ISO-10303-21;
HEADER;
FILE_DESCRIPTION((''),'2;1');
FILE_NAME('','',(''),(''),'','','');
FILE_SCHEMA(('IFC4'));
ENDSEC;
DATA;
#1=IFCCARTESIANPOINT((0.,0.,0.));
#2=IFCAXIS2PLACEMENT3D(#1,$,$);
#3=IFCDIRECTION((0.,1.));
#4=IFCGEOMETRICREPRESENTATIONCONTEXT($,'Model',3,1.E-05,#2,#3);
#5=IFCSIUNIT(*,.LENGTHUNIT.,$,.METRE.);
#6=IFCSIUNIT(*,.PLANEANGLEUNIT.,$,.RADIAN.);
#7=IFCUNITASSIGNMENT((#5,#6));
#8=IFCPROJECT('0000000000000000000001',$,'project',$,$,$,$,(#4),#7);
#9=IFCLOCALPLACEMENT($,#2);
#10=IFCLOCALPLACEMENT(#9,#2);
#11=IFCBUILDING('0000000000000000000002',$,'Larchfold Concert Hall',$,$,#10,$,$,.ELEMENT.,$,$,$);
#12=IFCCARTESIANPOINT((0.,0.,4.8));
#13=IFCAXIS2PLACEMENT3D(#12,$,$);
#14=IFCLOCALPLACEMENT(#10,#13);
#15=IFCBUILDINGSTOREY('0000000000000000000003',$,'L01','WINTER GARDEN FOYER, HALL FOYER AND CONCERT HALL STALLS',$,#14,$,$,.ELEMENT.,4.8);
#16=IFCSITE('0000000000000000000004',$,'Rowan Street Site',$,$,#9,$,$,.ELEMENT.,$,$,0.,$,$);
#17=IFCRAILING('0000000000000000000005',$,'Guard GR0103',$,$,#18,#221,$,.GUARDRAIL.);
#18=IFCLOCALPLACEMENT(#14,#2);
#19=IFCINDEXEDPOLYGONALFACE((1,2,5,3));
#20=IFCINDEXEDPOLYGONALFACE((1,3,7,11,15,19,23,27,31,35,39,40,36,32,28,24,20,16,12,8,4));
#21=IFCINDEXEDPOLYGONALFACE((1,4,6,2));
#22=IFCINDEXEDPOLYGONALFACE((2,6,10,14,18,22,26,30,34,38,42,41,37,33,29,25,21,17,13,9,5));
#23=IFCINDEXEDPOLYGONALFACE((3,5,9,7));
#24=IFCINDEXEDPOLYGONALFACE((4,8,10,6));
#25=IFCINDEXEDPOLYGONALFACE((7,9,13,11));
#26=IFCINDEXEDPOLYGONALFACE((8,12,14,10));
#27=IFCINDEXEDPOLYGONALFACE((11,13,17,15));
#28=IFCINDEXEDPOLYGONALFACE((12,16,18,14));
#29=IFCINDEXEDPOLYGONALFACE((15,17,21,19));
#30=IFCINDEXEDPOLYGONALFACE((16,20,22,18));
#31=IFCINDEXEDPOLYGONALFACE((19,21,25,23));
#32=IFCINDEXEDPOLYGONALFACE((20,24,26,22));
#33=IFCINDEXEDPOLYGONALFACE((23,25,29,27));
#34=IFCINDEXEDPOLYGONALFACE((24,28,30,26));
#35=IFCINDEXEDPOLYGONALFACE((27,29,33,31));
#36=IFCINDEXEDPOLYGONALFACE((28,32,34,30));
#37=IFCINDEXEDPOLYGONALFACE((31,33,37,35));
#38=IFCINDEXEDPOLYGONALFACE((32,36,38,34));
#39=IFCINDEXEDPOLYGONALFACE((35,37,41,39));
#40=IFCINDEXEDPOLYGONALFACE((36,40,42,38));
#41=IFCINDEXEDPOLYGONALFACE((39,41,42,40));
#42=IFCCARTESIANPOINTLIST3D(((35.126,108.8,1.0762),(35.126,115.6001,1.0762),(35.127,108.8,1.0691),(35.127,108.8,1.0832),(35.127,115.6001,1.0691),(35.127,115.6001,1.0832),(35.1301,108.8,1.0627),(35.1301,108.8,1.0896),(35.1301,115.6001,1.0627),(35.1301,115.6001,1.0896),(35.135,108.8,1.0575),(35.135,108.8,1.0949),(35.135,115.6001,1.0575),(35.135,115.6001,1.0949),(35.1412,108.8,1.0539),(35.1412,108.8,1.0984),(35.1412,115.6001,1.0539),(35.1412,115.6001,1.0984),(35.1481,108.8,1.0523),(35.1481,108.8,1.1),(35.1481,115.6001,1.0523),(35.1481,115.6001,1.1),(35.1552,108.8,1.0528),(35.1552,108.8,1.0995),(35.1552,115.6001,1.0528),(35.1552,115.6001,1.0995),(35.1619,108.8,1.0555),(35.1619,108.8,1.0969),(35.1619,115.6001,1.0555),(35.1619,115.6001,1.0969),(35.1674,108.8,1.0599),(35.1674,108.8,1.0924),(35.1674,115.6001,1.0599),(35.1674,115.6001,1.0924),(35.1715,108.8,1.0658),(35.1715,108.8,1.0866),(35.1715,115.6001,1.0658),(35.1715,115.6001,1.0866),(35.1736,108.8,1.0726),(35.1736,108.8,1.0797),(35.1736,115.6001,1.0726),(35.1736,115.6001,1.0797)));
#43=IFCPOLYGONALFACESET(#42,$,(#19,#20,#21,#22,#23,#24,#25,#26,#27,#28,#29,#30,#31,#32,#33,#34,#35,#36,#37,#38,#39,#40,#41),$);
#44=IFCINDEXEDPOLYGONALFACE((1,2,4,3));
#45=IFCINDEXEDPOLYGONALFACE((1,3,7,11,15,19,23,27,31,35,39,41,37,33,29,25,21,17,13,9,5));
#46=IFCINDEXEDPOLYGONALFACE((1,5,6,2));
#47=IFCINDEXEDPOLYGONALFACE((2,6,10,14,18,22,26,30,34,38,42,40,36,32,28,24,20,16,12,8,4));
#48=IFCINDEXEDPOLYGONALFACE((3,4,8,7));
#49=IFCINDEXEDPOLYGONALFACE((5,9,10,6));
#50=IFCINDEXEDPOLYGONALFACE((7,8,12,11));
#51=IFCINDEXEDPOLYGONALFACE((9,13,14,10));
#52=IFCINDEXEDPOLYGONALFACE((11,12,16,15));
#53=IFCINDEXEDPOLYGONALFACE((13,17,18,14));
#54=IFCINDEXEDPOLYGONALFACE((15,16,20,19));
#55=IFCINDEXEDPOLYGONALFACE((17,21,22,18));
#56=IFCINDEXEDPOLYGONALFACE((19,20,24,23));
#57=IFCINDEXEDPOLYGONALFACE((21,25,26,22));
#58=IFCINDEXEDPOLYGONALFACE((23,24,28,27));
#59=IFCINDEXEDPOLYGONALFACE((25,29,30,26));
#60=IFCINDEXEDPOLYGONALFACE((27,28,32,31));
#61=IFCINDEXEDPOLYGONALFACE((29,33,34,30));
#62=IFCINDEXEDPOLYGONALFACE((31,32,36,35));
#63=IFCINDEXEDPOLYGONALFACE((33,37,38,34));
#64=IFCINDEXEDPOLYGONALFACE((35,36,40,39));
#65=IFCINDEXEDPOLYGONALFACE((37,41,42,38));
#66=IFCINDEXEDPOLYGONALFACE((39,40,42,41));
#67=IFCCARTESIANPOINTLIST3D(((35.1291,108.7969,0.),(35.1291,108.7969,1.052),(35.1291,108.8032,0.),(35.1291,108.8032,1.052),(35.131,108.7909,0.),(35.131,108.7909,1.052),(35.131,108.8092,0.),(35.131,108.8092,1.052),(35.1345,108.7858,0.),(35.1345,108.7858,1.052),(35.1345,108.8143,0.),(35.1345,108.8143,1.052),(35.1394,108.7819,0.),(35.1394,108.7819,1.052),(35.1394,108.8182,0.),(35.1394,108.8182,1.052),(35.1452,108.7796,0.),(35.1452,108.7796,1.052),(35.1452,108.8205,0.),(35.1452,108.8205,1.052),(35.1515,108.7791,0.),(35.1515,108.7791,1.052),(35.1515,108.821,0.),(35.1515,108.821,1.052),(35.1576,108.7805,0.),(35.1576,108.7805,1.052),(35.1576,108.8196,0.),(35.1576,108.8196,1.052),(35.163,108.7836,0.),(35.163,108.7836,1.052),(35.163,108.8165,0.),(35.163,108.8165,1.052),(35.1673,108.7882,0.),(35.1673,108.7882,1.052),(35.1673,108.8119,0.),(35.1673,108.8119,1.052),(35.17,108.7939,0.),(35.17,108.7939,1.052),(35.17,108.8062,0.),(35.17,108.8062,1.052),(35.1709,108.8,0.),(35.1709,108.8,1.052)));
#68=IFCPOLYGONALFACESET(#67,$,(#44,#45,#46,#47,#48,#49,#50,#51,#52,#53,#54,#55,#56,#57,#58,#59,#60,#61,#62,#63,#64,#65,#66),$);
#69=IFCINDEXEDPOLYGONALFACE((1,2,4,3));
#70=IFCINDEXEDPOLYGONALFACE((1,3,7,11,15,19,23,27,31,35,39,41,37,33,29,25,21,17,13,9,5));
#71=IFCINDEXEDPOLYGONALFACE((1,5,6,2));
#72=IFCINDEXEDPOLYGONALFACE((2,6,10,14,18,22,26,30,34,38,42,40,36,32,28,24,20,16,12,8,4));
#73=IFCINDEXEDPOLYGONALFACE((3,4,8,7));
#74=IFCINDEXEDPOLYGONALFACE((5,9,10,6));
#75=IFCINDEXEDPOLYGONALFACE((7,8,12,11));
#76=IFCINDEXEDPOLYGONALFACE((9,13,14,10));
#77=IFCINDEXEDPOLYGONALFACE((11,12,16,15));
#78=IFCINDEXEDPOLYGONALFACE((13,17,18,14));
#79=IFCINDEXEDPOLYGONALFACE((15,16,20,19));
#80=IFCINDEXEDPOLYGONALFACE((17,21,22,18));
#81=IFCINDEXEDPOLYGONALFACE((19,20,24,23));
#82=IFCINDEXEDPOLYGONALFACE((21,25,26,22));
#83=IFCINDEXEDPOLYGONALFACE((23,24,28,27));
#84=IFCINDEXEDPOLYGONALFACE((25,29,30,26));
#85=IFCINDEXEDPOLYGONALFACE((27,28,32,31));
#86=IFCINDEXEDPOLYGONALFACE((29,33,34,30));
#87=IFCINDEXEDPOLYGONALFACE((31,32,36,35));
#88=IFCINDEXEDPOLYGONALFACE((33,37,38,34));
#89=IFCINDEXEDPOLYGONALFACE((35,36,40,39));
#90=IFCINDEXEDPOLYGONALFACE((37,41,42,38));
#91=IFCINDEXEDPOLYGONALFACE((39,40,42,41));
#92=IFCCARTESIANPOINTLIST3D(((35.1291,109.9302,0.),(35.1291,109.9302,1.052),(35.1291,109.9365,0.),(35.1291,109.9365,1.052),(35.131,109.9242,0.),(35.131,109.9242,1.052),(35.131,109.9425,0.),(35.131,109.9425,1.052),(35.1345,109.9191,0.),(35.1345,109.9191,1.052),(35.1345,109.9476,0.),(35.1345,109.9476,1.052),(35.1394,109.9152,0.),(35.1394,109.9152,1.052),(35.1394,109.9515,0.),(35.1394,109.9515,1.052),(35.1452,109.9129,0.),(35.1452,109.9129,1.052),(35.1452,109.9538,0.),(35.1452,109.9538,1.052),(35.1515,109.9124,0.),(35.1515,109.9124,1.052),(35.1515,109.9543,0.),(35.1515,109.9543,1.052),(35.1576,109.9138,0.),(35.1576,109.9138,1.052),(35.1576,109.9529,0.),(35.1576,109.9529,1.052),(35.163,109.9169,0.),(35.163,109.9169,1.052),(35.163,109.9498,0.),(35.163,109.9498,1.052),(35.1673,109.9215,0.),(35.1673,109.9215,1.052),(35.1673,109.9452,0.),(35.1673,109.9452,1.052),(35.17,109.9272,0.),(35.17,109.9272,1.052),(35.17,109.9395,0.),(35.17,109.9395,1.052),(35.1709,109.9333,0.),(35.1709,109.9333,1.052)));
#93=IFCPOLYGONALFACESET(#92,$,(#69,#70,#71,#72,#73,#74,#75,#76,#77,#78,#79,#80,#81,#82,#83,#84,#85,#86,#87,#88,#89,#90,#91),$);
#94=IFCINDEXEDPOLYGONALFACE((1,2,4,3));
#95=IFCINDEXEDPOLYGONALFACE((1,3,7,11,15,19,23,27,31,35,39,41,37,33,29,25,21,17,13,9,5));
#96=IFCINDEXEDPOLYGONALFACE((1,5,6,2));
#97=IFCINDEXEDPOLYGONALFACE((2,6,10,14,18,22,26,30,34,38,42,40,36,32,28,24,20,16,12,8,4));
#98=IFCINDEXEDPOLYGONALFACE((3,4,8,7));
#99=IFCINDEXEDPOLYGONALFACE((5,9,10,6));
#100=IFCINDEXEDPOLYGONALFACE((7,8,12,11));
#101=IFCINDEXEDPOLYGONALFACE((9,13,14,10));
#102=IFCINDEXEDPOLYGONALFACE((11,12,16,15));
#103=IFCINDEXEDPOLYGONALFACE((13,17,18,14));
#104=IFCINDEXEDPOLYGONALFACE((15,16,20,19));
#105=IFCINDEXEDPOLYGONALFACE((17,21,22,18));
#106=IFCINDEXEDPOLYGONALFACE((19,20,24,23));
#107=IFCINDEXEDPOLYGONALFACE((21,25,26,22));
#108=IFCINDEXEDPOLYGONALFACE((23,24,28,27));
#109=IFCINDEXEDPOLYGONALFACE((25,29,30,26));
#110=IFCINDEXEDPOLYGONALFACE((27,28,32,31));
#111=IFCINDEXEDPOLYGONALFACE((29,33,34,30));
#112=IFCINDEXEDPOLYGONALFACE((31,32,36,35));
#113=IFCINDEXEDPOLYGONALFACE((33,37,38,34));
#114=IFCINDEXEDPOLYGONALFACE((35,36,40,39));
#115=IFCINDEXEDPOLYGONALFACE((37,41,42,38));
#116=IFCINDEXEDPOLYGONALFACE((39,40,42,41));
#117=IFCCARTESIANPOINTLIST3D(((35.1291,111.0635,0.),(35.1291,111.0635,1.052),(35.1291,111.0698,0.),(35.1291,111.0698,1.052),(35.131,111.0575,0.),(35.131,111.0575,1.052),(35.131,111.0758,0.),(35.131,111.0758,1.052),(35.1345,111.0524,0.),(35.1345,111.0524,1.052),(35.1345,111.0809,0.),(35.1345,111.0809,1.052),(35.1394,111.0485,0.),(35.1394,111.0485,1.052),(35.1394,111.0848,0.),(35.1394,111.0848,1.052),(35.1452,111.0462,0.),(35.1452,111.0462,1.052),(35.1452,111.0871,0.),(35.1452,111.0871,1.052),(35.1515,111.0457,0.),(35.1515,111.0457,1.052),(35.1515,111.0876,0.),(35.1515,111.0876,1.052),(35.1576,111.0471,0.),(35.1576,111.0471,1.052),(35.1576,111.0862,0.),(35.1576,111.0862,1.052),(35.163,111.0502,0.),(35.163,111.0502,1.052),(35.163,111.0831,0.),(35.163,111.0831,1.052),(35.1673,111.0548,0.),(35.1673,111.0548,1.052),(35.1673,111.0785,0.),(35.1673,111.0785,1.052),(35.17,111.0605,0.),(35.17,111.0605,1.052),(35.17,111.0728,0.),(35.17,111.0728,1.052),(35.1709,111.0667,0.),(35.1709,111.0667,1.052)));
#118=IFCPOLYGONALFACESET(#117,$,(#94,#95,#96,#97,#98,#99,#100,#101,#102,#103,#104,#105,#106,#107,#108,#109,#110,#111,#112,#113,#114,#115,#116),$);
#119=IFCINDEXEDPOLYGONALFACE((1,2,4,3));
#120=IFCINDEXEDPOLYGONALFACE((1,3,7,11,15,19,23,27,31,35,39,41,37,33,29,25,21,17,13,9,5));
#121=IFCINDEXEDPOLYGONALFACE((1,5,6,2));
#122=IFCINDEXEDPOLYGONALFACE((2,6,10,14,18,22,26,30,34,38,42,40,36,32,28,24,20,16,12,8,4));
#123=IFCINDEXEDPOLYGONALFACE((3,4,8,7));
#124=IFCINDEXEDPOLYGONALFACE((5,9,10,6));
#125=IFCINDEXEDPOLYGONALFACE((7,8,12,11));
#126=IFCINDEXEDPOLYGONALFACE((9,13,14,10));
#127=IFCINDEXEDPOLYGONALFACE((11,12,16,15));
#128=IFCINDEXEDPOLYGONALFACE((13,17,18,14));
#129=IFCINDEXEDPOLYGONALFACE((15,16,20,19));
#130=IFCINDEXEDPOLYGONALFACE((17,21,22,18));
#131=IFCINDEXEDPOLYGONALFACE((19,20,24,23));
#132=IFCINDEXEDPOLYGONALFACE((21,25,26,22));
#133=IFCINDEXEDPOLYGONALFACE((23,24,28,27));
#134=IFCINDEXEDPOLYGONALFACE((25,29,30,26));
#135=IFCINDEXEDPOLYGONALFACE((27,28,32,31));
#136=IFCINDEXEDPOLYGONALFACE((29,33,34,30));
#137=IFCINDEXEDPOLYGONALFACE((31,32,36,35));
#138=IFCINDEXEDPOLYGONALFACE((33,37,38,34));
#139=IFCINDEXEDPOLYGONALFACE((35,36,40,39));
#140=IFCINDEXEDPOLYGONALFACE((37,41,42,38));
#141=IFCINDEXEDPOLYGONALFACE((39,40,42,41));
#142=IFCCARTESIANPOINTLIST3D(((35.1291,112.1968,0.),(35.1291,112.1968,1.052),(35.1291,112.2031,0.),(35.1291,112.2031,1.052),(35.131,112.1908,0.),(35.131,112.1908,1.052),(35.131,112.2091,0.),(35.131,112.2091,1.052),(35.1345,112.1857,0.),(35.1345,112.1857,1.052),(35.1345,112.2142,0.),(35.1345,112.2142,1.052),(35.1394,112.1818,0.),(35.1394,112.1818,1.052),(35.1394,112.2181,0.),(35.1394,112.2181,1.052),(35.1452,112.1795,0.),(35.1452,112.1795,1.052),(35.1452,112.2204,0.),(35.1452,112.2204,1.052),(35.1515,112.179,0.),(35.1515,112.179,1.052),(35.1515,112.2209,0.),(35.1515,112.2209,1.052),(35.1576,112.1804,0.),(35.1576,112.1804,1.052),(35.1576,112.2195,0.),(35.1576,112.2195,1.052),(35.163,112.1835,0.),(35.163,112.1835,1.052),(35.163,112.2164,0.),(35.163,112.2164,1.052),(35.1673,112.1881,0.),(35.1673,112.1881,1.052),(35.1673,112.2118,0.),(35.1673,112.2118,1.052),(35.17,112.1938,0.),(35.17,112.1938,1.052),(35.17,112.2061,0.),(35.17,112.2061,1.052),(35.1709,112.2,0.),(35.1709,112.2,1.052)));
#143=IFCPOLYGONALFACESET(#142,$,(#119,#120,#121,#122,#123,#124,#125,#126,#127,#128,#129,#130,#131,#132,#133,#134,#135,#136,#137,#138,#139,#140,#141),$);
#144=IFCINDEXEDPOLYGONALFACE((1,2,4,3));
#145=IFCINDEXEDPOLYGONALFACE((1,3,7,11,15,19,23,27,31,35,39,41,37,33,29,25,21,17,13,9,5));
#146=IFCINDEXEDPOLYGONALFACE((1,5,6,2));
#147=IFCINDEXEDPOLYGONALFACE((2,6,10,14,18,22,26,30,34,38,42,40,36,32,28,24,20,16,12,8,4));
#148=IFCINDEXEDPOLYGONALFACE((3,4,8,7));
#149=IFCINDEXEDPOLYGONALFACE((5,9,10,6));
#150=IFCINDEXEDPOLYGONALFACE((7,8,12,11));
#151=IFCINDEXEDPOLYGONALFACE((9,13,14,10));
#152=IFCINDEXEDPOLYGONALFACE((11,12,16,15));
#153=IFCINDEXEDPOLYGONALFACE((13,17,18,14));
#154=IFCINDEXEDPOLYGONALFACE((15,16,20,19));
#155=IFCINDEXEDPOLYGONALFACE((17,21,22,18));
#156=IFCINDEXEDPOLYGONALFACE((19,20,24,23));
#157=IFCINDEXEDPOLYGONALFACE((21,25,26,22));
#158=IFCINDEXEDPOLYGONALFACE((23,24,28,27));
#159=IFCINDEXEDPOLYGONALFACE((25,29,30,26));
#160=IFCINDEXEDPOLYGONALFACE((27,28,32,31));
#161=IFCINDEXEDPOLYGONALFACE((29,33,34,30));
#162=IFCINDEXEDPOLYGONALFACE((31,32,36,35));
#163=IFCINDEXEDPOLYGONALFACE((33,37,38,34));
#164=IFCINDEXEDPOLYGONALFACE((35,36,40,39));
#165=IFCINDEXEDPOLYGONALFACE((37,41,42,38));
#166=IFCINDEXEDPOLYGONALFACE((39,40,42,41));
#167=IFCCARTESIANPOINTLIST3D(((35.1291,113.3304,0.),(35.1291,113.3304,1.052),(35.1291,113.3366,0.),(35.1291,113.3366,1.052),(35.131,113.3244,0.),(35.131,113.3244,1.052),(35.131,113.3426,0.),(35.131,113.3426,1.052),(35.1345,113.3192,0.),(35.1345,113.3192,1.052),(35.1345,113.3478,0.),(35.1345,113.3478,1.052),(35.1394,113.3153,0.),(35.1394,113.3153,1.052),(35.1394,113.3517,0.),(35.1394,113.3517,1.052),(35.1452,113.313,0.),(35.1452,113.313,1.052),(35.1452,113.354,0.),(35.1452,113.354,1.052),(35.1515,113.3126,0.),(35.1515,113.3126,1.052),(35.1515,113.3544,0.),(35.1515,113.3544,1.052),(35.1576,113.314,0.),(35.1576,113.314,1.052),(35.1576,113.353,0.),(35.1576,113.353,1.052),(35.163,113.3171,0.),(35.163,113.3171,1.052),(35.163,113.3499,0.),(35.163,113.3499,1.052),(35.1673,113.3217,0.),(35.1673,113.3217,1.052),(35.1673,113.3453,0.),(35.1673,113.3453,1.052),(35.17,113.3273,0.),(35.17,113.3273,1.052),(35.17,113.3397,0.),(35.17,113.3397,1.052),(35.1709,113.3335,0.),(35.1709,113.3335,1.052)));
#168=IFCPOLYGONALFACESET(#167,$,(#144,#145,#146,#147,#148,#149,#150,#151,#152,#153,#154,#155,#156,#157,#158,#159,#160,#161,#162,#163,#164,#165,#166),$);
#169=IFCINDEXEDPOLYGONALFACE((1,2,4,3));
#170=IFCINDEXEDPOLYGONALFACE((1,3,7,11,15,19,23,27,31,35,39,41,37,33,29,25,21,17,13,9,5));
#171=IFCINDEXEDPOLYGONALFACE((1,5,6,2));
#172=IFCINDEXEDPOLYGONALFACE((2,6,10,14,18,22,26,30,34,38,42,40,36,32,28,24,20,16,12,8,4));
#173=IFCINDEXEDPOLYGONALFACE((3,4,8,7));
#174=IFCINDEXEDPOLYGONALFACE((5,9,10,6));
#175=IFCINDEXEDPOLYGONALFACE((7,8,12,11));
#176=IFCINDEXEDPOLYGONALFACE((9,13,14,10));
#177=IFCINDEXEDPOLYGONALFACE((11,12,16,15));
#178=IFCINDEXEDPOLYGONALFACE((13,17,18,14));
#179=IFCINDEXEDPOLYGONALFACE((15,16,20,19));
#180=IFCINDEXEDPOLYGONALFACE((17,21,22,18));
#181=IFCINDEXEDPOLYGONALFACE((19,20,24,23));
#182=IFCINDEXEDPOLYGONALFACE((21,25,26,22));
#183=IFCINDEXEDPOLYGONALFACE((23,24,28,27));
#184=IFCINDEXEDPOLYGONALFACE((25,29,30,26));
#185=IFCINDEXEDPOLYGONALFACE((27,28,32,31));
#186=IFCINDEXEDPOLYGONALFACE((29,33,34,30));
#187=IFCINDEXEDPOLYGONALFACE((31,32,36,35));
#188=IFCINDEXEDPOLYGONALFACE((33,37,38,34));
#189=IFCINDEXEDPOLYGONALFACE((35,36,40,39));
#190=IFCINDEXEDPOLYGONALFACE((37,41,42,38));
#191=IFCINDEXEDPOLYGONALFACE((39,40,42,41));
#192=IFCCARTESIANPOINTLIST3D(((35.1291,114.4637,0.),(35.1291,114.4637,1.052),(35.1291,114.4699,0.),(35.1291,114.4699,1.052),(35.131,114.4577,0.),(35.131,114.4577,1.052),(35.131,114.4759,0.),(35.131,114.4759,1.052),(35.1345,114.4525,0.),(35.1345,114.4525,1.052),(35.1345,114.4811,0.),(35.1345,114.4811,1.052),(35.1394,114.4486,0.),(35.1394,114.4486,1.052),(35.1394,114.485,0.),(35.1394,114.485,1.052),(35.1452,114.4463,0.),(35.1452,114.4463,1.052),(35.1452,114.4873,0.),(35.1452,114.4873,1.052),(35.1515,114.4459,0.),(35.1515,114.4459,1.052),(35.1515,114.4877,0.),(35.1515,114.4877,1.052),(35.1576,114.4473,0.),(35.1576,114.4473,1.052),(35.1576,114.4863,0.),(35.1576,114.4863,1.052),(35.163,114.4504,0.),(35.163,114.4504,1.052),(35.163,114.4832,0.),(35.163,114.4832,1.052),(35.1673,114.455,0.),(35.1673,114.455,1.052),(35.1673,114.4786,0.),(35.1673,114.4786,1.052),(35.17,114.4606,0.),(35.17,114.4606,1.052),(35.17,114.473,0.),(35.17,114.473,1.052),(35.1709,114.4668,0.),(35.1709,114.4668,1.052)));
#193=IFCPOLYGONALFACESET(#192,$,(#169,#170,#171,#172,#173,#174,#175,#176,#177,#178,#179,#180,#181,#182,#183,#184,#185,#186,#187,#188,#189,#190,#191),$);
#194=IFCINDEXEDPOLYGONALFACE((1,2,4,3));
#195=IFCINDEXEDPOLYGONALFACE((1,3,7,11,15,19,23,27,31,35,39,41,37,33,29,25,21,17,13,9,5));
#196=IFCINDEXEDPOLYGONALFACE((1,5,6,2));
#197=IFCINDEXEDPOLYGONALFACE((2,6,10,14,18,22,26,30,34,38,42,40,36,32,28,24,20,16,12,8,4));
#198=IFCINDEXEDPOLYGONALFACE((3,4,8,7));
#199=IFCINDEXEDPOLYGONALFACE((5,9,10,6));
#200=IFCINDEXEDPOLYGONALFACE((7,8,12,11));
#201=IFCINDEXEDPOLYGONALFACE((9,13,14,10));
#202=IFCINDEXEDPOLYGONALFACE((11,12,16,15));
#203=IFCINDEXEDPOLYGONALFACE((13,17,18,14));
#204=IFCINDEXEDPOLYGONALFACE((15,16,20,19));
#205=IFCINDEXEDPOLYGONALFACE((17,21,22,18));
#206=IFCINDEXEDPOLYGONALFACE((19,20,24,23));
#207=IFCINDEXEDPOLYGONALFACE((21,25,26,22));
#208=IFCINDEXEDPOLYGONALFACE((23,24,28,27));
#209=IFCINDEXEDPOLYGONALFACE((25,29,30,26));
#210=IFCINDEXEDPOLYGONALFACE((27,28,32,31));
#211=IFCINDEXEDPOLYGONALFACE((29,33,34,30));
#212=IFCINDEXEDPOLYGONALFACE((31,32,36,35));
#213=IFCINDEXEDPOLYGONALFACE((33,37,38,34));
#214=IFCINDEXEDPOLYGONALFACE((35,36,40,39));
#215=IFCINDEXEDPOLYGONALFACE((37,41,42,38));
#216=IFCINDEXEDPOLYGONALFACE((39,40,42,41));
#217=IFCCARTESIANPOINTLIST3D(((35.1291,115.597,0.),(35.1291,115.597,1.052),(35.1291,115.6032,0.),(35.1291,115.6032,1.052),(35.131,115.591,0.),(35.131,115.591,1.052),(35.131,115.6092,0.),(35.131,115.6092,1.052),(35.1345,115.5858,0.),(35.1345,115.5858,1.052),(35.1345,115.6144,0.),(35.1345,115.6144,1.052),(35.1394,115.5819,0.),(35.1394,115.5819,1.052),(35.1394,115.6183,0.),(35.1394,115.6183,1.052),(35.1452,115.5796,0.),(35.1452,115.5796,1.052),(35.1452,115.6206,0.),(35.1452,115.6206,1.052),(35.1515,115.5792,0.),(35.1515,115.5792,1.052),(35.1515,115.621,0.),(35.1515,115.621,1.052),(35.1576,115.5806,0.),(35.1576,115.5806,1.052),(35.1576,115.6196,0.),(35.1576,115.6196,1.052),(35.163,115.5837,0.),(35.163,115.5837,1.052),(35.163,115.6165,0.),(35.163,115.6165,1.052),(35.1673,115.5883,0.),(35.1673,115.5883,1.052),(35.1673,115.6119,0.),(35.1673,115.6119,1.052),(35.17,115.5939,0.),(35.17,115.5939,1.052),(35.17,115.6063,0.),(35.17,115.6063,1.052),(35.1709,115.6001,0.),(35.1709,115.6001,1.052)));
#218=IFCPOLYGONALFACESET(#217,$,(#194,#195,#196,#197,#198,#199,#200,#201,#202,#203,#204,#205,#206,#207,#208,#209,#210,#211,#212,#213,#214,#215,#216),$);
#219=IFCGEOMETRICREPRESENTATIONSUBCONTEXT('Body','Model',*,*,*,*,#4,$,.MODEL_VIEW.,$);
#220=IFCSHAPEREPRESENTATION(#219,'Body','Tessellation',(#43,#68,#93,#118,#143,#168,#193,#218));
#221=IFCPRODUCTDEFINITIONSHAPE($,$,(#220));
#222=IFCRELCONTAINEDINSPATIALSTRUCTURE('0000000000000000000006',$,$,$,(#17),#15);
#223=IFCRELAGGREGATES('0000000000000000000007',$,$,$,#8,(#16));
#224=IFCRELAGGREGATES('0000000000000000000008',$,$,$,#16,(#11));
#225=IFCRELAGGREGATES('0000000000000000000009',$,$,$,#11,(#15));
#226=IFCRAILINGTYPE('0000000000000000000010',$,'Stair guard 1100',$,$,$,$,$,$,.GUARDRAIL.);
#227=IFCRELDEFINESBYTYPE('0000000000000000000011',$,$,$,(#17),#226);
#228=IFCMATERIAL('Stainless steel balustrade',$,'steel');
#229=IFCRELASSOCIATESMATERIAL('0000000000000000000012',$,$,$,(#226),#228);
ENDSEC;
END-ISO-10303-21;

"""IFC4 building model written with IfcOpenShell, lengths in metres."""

from ifc_helpers import new_model, si_unit, direction, frame, origin, origin_2d, place, context, subcontext, project, spatial, circle, extrude, material, type_object, element, save


model = new_model("IFC4")

# Units and contexts
model_context = context("Model", 3, precision=1e-05, world=origin(), true_north=direction((0.0, 1.0)))
body_context = subcontext(model_context, "Body", "Model", "MODEL_VIEW")
ifc_project = project(units=[si_unit("LENGTHUNIT", "METRE"), si_unit("PLANEANGLEUNIT", "RADIAN")], contexts=[model_context])

# Site, building, storey
site_placement = place(None, origin())
site = spatial("IfcSite", under=ifc_project, at=site_placement, Name="Rowan Street Site", CompositionType="ELEMENT", RefElevation=0.0)
building_placement = place(site_placement, origin())
building = spatial("IfcBuilding", under=site, at=building_placement, Name="Larchfold Concert Hall", CompositionType="ELEMENT")
storey_placement = place(building_placement, frame((0.0, 0.0, 4.8)))
storey = spatial("IfcBuildingStorey", under=building, at=storey_placement, Name="L01", Description="WINTER GARDEN FOYER, HALL FOYER AND CONCERT HALL STALLS", CompositionType="ELEMENT", Elevation=4.8)

# Railing
ifc_material_1 = material(Name="Stainless steel balustrade", Category="steel")
railing_type_1 = type_object("IfcRailingType", Name="Stair guard 1100", PredefinedType="GUARDRAIL", material=ifc_material_1)
railing_1_placement = place(storey_placement, frame((35.1499, 108.8, 0.0)))
element("IfcRailing", 1, at=railing_1_placement, inside=storey, type_object=railing_type_1, Name="Guard GR0103", PredefinedType="GUARDRAIL", context=body_context, shape_type="SweptSolid", body=[
    extrude(circle(Radius=0.0239, at=origin_2d()), frame((0.0, 0.0, 1.0762), z_axis=(0.0, 1.0, 0.0), x_axis=(-1.0, 0.0, 0.0)), (0.0, 0.0, 1.0), 6.8),
    extrude(circle(Radius=0.021, at=origin_2d()), origin(), (0.0, 0.0, 1.0), 1.052),
    extrude(circle(Radius=0.021, at=origin_2d()), frame((0.0, 1.1333, 0.0)), (0.0, 0.0, 1.0), 1.052),
    extrude(circle(Radius=0.021, at=origin_2d()), frame((0.0, 2.2666, 0.0)), (0.0, 0.0, 1.0), 1.052),
    extrude(circle(Radius=0.021, at=origin_2d()), frame((0.0, 3.3999, 0.0)), (0.0, 0.0, 1.0), 1.052),
    extrude(circle(Radius=0.021, at=origin_2d()), frame((0.0, 4.5334, 0.0)), (0.0, 0.0, 1.0), 1.052),
    extrude(circle(Radius=0.021, at=origin_2d()), frame((0.0, 5.6667, 0.0)), (0.0, 0.0, 1.0), 1.052),
    extrude(circle(Radius=0.021, at=origin_2d()), frame((0.0, 6.8, 0.0)), (0.0, 0.0, 1.0), 1.052),
])

save(model, "model.ifc")
